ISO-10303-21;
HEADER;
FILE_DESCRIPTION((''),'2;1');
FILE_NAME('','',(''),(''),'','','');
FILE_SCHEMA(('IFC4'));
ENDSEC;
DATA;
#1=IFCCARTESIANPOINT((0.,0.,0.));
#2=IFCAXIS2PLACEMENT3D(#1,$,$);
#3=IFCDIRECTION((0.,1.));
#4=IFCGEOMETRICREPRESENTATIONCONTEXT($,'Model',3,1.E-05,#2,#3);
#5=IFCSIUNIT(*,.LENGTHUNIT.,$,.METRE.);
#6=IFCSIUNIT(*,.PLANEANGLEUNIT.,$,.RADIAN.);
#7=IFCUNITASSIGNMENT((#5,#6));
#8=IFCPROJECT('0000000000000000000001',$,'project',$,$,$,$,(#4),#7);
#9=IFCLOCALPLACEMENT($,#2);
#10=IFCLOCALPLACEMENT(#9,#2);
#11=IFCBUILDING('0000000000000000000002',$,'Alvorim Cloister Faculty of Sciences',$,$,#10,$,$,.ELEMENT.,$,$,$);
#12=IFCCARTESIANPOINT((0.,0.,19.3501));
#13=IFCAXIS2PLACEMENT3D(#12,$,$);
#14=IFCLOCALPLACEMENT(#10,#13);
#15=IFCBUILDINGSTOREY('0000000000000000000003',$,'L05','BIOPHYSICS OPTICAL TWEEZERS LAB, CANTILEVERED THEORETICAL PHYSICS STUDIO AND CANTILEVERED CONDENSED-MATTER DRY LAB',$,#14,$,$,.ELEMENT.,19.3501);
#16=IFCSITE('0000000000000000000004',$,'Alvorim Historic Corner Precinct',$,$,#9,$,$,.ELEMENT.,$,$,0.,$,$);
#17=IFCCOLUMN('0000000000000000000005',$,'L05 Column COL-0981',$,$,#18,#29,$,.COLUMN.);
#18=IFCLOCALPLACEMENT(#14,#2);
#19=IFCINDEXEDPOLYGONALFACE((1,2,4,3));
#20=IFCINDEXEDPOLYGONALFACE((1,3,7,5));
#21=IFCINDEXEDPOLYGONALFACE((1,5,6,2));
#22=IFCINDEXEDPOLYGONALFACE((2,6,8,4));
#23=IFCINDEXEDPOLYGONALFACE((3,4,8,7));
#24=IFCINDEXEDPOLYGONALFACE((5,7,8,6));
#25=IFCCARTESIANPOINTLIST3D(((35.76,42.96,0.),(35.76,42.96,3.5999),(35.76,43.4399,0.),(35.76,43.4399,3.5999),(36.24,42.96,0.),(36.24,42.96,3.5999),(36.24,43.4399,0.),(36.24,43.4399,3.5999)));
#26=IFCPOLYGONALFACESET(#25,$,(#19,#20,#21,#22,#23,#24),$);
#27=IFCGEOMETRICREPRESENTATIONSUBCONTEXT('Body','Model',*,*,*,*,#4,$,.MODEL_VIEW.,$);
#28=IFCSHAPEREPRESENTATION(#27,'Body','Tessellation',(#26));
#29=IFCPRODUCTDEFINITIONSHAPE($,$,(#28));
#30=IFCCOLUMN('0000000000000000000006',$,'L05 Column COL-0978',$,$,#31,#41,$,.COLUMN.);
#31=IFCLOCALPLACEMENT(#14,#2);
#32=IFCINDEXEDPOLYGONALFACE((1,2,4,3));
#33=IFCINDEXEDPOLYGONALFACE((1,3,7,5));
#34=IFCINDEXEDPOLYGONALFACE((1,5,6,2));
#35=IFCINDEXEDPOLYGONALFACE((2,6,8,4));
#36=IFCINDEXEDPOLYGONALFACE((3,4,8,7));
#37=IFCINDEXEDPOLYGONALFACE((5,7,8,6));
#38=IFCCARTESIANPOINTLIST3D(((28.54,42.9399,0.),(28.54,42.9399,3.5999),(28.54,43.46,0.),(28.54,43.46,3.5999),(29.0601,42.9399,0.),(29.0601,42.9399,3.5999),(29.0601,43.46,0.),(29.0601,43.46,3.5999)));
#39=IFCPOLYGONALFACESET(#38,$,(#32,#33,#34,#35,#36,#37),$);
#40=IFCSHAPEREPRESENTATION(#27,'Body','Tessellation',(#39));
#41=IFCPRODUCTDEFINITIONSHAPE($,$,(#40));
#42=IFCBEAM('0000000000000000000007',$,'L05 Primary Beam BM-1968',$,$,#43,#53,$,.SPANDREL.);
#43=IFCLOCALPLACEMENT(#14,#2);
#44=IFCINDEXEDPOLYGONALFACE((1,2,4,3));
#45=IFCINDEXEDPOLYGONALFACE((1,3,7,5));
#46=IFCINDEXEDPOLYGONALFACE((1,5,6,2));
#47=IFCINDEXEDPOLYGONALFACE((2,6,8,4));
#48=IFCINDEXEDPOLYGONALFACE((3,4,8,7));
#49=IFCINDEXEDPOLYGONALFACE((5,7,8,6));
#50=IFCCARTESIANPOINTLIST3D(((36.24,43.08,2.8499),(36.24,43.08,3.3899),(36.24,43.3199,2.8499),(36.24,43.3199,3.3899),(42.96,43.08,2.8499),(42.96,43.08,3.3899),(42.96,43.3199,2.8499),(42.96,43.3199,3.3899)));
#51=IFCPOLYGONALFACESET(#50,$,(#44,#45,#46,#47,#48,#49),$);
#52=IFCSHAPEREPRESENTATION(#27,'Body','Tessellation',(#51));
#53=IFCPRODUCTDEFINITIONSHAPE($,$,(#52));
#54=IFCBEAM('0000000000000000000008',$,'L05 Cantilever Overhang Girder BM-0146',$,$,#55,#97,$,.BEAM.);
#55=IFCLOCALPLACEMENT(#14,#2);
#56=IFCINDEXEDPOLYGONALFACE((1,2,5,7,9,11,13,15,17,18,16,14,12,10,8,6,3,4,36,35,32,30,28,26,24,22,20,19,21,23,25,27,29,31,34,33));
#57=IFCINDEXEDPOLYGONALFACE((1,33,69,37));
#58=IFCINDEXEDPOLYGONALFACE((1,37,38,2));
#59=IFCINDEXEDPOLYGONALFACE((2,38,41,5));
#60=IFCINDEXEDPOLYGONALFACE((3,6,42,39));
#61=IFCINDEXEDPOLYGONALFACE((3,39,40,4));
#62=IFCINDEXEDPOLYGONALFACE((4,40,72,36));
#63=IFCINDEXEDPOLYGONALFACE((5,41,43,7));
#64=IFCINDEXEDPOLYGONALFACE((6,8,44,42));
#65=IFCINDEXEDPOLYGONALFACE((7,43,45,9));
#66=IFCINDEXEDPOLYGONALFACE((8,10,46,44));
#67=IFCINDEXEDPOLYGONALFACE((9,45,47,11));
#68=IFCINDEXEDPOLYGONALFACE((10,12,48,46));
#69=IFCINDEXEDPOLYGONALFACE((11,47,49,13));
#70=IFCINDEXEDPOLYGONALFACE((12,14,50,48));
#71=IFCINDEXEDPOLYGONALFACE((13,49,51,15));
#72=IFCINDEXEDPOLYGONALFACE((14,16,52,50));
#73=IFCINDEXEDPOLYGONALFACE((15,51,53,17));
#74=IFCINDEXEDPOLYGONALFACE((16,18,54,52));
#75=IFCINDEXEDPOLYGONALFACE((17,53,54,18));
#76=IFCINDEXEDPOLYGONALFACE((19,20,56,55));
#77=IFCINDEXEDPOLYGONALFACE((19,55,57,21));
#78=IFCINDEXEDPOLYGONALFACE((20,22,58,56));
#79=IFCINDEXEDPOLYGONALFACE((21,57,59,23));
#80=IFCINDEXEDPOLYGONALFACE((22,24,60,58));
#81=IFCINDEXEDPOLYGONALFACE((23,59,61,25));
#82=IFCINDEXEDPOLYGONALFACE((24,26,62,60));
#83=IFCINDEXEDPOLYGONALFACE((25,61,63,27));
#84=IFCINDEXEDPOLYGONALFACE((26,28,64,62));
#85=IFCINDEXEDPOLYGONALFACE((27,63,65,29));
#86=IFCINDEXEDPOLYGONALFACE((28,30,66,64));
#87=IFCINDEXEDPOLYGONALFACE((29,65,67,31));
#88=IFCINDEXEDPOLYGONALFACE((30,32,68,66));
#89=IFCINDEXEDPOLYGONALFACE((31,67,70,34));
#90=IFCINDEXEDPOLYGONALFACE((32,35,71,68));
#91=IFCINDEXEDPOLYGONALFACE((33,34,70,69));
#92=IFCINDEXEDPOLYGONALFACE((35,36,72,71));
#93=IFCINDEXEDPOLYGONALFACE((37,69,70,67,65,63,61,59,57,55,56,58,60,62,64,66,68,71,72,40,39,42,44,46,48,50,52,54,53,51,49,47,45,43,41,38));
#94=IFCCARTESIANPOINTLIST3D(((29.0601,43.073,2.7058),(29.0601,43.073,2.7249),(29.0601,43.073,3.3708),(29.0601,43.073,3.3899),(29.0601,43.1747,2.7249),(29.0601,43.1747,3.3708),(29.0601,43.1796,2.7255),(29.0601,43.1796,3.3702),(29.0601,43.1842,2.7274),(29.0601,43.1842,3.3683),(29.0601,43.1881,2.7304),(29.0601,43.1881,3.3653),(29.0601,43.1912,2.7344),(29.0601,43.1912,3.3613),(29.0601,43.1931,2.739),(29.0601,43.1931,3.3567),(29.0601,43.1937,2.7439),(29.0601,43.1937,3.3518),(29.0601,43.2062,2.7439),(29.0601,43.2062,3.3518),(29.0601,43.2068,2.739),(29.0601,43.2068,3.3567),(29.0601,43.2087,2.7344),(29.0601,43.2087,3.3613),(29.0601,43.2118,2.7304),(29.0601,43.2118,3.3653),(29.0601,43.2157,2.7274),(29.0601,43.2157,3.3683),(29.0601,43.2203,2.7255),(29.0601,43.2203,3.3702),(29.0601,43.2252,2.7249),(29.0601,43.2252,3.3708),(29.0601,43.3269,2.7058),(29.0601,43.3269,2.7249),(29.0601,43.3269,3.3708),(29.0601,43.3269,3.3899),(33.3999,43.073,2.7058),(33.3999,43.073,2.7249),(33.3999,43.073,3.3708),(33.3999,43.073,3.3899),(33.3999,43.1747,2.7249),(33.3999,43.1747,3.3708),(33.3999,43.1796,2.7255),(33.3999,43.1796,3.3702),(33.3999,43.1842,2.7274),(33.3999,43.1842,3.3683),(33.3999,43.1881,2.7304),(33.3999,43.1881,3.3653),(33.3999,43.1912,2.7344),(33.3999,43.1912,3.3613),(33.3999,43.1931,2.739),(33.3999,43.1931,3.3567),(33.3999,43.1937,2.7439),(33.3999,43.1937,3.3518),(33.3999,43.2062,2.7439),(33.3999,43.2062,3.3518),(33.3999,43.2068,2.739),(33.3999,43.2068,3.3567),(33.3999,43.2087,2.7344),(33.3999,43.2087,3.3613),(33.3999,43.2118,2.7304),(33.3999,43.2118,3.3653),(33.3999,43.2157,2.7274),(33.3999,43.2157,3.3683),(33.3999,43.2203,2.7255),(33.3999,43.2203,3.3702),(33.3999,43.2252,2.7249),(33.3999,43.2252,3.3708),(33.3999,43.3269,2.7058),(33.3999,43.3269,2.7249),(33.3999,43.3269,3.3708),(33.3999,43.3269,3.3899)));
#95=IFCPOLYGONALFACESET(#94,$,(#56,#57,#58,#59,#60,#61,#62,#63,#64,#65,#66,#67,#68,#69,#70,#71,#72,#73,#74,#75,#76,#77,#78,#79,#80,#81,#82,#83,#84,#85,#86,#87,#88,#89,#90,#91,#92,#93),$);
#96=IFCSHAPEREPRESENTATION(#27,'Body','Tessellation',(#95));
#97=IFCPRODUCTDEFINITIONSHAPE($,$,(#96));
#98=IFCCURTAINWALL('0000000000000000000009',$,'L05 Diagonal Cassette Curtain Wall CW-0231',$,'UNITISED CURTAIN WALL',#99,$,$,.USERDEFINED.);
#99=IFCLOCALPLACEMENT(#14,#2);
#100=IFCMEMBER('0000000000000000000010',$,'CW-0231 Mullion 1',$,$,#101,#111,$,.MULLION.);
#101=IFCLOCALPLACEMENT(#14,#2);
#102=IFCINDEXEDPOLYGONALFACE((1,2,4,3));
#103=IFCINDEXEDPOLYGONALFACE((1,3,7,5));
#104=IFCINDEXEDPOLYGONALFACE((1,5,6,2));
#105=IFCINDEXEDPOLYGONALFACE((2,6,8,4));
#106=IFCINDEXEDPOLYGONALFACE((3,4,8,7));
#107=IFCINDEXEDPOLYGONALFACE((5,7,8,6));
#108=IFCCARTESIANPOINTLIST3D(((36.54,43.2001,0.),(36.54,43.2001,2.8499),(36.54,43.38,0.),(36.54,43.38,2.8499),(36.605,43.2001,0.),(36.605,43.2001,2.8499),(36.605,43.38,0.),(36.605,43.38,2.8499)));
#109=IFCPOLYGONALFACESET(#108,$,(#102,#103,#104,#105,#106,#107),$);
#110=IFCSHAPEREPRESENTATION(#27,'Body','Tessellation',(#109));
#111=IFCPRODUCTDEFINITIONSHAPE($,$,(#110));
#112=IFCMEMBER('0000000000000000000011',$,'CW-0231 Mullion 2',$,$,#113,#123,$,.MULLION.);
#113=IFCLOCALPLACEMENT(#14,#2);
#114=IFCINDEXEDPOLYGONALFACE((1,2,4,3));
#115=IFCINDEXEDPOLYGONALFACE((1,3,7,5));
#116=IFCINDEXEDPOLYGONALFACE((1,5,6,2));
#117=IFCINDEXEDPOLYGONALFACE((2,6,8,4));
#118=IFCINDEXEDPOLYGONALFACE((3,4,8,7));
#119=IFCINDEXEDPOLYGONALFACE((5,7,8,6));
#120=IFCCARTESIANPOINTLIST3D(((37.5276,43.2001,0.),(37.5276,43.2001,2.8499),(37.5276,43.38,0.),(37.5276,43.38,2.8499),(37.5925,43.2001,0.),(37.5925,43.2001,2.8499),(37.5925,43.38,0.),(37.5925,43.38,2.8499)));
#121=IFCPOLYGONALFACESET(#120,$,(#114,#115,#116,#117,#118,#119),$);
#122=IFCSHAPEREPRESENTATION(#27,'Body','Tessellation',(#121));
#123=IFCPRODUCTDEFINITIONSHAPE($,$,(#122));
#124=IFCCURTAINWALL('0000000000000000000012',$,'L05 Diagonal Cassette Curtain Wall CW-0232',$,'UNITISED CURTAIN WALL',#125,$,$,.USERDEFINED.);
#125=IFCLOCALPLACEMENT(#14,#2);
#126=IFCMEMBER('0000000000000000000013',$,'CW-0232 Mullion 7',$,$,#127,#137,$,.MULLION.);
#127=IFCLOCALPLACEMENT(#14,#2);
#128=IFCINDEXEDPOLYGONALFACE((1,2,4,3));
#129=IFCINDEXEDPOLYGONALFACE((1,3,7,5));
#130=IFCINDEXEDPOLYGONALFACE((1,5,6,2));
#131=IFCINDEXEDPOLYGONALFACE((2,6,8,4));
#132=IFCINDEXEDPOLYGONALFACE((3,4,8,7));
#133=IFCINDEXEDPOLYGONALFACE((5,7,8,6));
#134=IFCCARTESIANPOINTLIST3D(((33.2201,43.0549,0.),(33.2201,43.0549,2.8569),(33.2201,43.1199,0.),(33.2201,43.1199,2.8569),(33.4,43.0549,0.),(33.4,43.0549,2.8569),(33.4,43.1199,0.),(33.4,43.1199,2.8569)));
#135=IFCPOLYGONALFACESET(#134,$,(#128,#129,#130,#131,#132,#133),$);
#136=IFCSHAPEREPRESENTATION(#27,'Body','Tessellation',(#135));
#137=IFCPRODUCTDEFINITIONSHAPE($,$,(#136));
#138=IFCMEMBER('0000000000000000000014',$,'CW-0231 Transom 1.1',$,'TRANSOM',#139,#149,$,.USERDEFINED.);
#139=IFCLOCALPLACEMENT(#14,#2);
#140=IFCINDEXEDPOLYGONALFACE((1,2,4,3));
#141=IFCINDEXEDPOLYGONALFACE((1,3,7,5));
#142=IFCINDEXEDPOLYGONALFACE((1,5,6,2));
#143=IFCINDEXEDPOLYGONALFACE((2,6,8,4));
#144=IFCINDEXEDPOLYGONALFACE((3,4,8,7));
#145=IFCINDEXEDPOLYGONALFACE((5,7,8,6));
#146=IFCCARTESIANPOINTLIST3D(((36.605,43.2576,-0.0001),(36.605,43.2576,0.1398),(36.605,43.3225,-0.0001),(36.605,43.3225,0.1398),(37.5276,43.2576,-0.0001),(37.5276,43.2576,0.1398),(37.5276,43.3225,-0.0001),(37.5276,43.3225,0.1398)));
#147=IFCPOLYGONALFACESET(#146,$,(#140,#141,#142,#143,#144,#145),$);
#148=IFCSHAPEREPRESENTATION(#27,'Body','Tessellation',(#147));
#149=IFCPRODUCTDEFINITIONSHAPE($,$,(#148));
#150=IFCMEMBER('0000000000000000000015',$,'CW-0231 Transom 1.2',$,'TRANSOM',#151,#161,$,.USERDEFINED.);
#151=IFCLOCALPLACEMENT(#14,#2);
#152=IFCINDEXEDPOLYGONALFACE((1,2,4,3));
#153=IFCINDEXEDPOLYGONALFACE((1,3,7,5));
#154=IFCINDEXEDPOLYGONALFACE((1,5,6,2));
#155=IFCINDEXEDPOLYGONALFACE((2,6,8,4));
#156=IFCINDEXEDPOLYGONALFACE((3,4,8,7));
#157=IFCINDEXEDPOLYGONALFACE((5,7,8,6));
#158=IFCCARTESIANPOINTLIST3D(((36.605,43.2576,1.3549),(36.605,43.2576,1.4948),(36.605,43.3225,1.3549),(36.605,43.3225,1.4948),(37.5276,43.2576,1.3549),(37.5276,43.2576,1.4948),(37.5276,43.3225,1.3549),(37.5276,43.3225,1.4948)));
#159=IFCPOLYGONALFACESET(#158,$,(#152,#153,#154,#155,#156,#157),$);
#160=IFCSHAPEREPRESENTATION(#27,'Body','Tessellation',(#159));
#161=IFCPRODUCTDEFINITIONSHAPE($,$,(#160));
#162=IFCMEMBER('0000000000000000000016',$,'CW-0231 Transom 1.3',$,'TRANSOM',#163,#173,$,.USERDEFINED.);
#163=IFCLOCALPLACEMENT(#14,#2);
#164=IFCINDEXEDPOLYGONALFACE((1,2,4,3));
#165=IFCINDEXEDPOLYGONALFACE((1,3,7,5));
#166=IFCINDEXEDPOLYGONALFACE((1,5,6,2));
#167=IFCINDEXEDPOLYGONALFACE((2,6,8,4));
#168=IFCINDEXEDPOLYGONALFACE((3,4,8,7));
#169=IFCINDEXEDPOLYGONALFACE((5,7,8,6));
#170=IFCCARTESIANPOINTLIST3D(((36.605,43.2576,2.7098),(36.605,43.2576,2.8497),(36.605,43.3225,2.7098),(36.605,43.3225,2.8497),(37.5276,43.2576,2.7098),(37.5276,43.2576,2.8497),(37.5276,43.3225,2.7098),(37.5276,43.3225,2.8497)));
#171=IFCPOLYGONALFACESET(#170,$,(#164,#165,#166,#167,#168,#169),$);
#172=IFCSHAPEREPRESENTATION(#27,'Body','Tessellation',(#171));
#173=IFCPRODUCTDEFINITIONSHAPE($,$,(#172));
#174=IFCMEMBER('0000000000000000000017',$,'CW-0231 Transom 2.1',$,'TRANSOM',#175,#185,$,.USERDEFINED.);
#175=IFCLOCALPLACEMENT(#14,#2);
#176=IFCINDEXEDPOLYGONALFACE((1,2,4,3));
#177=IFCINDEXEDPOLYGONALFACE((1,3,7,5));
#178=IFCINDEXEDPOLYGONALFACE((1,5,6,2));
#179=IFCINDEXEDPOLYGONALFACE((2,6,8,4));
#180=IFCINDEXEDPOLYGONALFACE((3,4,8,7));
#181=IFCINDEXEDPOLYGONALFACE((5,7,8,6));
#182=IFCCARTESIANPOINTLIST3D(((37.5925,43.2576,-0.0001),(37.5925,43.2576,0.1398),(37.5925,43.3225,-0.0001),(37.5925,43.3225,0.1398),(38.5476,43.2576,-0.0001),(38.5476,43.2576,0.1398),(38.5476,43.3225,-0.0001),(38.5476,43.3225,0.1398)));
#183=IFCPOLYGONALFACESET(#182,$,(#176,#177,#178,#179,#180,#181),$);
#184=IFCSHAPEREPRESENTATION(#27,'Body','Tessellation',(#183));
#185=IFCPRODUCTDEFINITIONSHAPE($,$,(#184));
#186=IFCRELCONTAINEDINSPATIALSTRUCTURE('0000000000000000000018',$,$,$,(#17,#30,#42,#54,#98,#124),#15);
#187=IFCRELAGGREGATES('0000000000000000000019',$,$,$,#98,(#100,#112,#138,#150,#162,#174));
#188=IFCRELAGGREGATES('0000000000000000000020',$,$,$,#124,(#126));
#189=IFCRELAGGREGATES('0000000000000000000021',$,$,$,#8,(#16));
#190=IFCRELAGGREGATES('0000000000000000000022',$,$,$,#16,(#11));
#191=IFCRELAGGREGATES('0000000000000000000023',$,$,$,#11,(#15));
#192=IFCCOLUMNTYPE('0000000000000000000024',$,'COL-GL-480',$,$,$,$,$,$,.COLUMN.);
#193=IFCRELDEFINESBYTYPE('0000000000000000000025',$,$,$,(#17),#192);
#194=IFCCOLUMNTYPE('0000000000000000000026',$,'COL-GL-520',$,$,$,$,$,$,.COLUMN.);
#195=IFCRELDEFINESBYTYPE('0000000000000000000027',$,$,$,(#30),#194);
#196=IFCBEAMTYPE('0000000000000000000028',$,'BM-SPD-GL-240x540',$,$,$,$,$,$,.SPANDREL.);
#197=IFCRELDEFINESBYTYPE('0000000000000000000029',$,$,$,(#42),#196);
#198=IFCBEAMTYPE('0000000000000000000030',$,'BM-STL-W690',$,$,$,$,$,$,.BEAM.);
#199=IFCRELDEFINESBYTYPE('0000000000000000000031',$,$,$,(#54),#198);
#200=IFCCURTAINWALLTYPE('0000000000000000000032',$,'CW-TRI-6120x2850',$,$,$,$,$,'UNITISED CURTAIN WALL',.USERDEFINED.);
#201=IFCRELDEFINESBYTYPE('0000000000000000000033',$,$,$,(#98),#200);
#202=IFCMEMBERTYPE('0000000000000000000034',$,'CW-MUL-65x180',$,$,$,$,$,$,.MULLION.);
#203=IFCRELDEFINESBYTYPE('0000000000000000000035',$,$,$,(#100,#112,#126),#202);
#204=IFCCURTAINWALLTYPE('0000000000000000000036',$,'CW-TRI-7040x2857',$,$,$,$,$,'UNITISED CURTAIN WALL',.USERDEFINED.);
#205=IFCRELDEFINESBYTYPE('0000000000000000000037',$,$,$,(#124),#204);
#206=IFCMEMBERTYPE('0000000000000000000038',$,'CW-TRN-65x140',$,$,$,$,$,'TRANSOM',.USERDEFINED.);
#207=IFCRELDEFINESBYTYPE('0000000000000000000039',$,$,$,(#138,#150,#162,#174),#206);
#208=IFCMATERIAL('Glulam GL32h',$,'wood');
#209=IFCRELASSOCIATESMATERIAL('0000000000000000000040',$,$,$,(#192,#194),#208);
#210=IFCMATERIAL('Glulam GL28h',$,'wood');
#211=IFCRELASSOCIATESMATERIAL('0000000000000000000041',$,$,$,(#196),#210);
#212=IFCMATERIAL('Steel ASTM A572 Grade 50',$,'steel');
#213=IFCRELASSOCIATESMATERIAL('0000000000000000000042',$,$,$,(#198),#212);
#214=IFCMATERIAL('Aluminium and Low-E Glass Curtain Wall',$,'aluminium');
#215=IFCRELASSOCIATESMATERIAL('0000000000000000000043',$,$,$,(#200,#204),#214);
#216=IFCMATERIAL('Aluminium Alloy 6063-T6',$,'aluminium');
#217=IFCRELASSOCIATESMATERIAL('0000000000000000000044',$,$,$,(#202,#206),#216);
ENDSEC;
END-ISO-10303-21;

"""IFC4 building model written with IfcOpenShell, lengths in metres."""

from ifc_helpers import new_model, si_unit, direction, frame, origin, origin_2d, place, context, subcontext, project, spatial, rectangle, i_section, extrude, material, material_profile, profile_set, type_object, element, aggregate, save


model = new_model("IFC4")

# Units and contexts
model_context = context("Model", 3, precision=1e-05, world=origin(), true_north=direction((0.0, 1.0)))
body_context = subcontext(model_context, "Body", "Model", "MODEL_VIEW")
ifc_project = project(units=[si_unit("LENGTHUNIT", "METRE"), si_unit("PLANEANGLEUNIT", "RADIAN")], contexts=[model_context])

# Site, building, storey
site_placement = place(None, origin())
site = spatial("IfcSite", under=ifc_project, at=site_placement, Name="Alvorim Historic Corner Precinct", CompositionType="ELEMENT", RefElevation=0.0)
building_placement = place(site_placement, origin())
building = spatial("IfcBuilding", under=site, at=building_placement, Name="Alvorim Cloister Faculty of Sciences", CompositionType="ELEMENT")
storey_placement = place(building_placement, frame((0.0, 0.0, 19.3501)))
storey = spatial("IfcBuildingStorey", under=building, at=storey_placement, Name="L05", Description="BIOPHYSICS OPTICAL TWEEZERS LAB, CANTILEVERED THEORETICAL PHYSICS STUDIO AND CANTILEVERED CONDENSED-MATTER DRY LAB", CompositionType="ELEMENT", Elevation=19.3501)

# Columns
ifc_material_1 = material(Name="Glulam GL32h", Category="wood")
ifc_material_profile_1 = material_profile(ifc_material_1, rectangle(XDim=0.48, YDim=0.48, at=origin_2d()), Name="GL32-COL-480x480")
ifc_profile_set_1 = profile_set([ifc_material_profile_1], Name="Glulam GL32h")
column_type_1 = type_object("IfcColumnType", Name="COL-GL-480", PredefinedType="COLUMN", material=ifc_profile_set_1)
column_1_placement = place(storey_placement, frame((36.0, 43.2, 0.0), z_axis=(0.0, 0.0, 1.0), x_axis=(1.0, 0.0, 0.0)))
element("IfcColumn", 1, at=column_1_placement, inside=storey, type_object=column_type_1, Name="L05 Column COL-0981", PredefinedType="COLUMN", context=body_context, shape_type="SweptSolid", body=[
    extrude(rectangle(XDim=0.48, YDim=0.48, at=origin_2d()), origin(), (0.0, 0.0, 1.0), 3.5999),
])
ifc_material_profile_2 = material_profile(ifc_material_1, rectangle(XDim=0.52, YDim=0.52, at=origin_2d()), Name="GL32-COL-520x520")
ifc_profile_set_2 = profile_set([ifc_material_profile_2], Name="Glulam GL32h")
column_type_2 = type_object("IfcColumnType", Name="COL-GL-520", PredefinedType="COLUMN", material=ifc_profile_set_2)
column_2_placement = place(storey_placement, frame((28.8, 43.2, 0.0), z_axis=(0.0, 0.0, 1.0), x_axis=(1.0, 0.0, 0.0)))
element("IfcColumn", 2, at=column_2_placement, inside=storey, type_object=column_type_2, Name="L05 Column COL-0978", PredefinedType="COLUMN", context=body_context, shape_type="SweptSolid", body=[
    extrude(rectangle(XDim=0.52, YDim=0.52, at=origin_2d()), origin(), (0.0, 0.0, 1.0), 3.5999),
])

# Beams
ifc_material_2 = material(Name="Glulam GL28h", Category="wood")
ifc_material_profile_3 = material_profile(ifc_material_2, rectangle(XDim=0.24, YDim=0.54, at=origin_2d()), Name="GL28-SPD-240x540")
ifc_profile_set_3 = profile_set([ifc_material_profile_3], Name="Glulam GL28h")
beam_type_1 = type_object("IfcBeamType", Name="BM-SPD-GL-240x540", PredefinedType="SPANDREL", material=ifc_profile_set_3)
beam_1_placement = place(storey_placement, frame((36.24, 43.2, 3.1199), z_axis=(1.0, 0.0, 0.0), x_axis=(0.0, 1.0, 0.0)))
element("IfcBeam", 3, at=beam_1_placement, inside=storey, type_object=beam_type_1, Name="L05 Primary Beam BM-1968", PredefinedType="SPANDREL", context=body_context, shape_type="SweptSolid", body=[
    extrude(rectangle(XDim=0.24, YDim=0.54, at=origin_2d()), origin(), (0.0, 0.0, 1.0), 6.72),
])
ifc_material_3 = material(Name="Steel ASTM A572 Grade 50", Category="steel")
ifc_material_profile_4 = material_profile(ifc_material_3, i_section(OverallWidth=0.2539, OverallDepth=0.6841, WebThickness=0.0125, FlangeThickness=0.019, FilletRadius=0.019, at=origin_2d()), Name="W690x140.0")
ifc_profile_set_4 = profile_set([ifc_material_profile_4], Name="Steel ASTM A572 Grade 50")
beam_type_2 = type_object("IfcBeamType", Name="BM-STL-W690", PredefinedType="BEAM", material=ifc_profile_set_4)
beam_2_placement = place(storey_placement, frame((29.0601, 43.2, 3.0479), z_axis=(1.0, 0.0, 0.0), x_axis=(0.0, 1.0, 0.0)))
element("IfcBeam", 4, at=beam_2_placement, inside=storey, type_object=beam_type_2, Name="L05 Cantilever Overhang Girder BM-0146", PredefinedType="BEAM", context=body_context, shape_type="SweptSolid", body=[
    extrude(i_section(OverallWidth=0.2539, OverallDepth=0.6841, WebThickness=0.0125, FlangeThickness=0.019, FilletRadius=0.019, at=origin_2d()), origin(), (0.0, 0.0, 1.0), 4.3398),
])

# Curtain wall, members
ifc_material_4 = material(Name="Aluminium and Low-E Glass Curtain Wall", Category="aluminium")
curtain_wall_type_1 = type_object("IfcCurtainWallType", Name="CW-TRI-6120x2850", ElementType="UNITISED CURTAIN WALL", PredefinedType="USERDEFINED", material=ifc_material_4)
curtain_wall_1_placement = place(storey_placement, origin())
curtain_wall_1 = element("IfcCurtainWall", 5, at=curtain_wall_1_placement, inside=storey, type_object=curtain_wall_type_1, Name="L05 Diagonal Cassette Curtain Wall CW-0231", ObjectType="UNITISED CURTAIN WALL", PredefinedType="USERDEFINED")
ifc_material_5 = material(Name="Aluminium Alloy 6063-T6", Category="aluminium")
ifc_material_profile_5 = material_profile(ifc_material_5, rectangle(XDim=0.0649, YDim=0.1799, at=origin_2d()), Name="ALU-MUL-65x180")
ifc_profile_set_5 = profile_set([ifc_material_profile_5], Name="Aluminium Alloy 6063-T6")
member_type_1 = type_object("IfcMemberType", Name="CW-MUL-65x180", PredefinedType="MULLION", material=ifc_profile_set_5)
member_1_placement = place(storey_placement, frame((36.5725, 43.29, 0.0), z_axis=(0.0, 0.0, 1.0), x_axis=(1.0, 0.0, 0.0)))
member_1 = element("IfcMember", 6, at=member_1_placement, type_object=member_type_1, Name="CW-0231 Mullion 1", PredefinedType="MULLION", context=body_context, shape_type="SweptSolid", body=[
    extrude(rectangle(XDim=0.0649, YDim=0.1799, at=origin_2d()), origin(), (0.0, 0.0, 1.0), 2.8499),
])
member_2_placement = place(storey_placement, frame((37.5601, 43.29, 0.0), z_axis=(0.0, 0.0, 1.0), x_axis=(1.0, 0.0, 0.0)))
member_2 = element("IfcMember", 7, at=member_2_placement, type_object=member_type_1, Name="CW-0231 Mullion 2", PredefinedType="MULLION", context=body_context, shape_type="SweptSolid", body=[
    extrude(rectangle(XDim=0.0649, YDim=0.1799, at=origin_2d()), origin(), (0.0, 0.0, 1.0), 2.8499),
])

# Curtain wall, member
curtain_wall_type_2 = type_object("IfcCurtainWallType", Name="CW-TRI-7040x2857", ElementType="UNITISED CURTAIN WALL", PredefinedType="USERDEFINED", material=ifc_material_4)
curtain_wall_2_placement = place(storey_placement, origin())
curtain_wall_2 = element("IfcCurtainWall", 8, at=curtain_wall_2_placement, inside=storey, type_object=curtain_wall_type_2, Name="L05 Diagonal Cassette Curtain Wall CW-0232", ObjectType="UNITISED CURTAIN WALL", PredefinedType="USERDEFINED")
member_3_placement = place(storey_placement, frame((33.3101, 43.0874, 0.0), z_axis=(0.0, 0.0, 1.0), x_axis=(0.0, 1.0, 0.0)))
member_3 = element("IfcMember", 9, at=member_3_placement, type_object=member_type_1, Name="CW-0232 Mullion 7", PredefinedType="MULLION", context=body_context, shape_type="SweptSolid", body=[
    extrude(rectangle(XDim=0.0649, YDim=0.1799, at=origin_2d()), origin(), (0.0, 0.0, 1.0), 2.8569),
])

# Members
ifc_material_profile_6 = material_profile(ifc_material_5, rectangle(XDim=0.0649, YDim=0.1399, at=origin_2d()), Name="ALU-TRN-65x140")
ifc_profile_set_6 = profile_set([ifc_material_profile_6], Name="Aluminium Alloy 6063-T6")
member_type_2 = type_object("IfcMemberType", Name="CW-TRN-65x140", ElementType="TRANSOM", PredefinedType="USERDEFINED", material=ifc_profile_set_6)
member_4_placement = place(storey_placement, frame((36.605, 43.29, 0.0698), z_axis=(1.0, 0.0, 0.0), x_axis=(0.0, 1.0, 0.0)))
member_4 = element("IfcMember", 10, at=member_4_placement, type_object=member_type_2, Name="CW-0231 Transom 1.1", ObjectType="TRANSOM", PredefinedType="USERDEFINED", context=body_context, shape_type="SweptSolid", body=[
    extrude(rectangle(XDim=0.0649, YDim=0.1399, at=origin_2d()), origin(), (0.0, 0.0, 1.0), 0.9226),
])
member_5_placement = place(storey_placement, frame((36.605, 43.29, 1.4248), z_axis=(1.0, 0.0, 0.0), x_axis=(0.0, 1.0, 0.0)))
member_5 = element("IfcMember", 11, at=member_5_placement, type_object=member_type_2, Name="CW-0231 Transom 1.2", ObjectType="TRANSOM", PredefinedType="USERDEFINED", context=body_context, shape_type="SweptSolid", body=[
    extrude(rectangle(XDim=0.0649, YDim=0.1399, at=origin_2d()), origin(), (0.0, 0.0, 1.0), 0.9226),
])
member_6_placement = place(storey_placement, frame((36.605, 43.29, 2.7798), z_axis=(1.0, 0.0, 0.0), x_axis=(0.0, 1.0, 0.0)))
member_6 = element("IfcMember", 12, at=member_6_placement, type_object=member_type_2, Name="CW-0231 Transom 1.3", ObjectType="TRANSOM", PredefinedType="USERDEFINED", context=body_context, shape_type="SweptSolid", body=[
    extrude(rectangle(XDim=0.0649, YDim=0.1399, at=origin_2d()), origin(), (0.0, 0.0, 1.0), 0.9226),
])
member_7_placement = place(storey_placement, frame((37.5925, 43.29, 0.0698), z_axis=(1.0, 0.0, 0.0), x_axis=(0.0, 1.0, 0.0)))
member_7 = element("IfcMember", 13, at=member_7_placement, type_object=member_type_2, Name="CW-0231 Transom 2.1", ObjectType="TRANSOM", PredefinedType="USERDEFINED", context=body_context, shape_type="SweptSolid", body=[
    extrude(rectangle(XDim=0.0649, YDim=0.1399, at=origin_2d()), origin(), (0.0, 0.0, 1.0), 0.9551),
])

aggregate(curtain_wall_1, [member_1, member_2, member_4, member_5, member_6, member_7])
aggregate(curtain_wall_2, [member_3])

save(model, "model.ifc")
